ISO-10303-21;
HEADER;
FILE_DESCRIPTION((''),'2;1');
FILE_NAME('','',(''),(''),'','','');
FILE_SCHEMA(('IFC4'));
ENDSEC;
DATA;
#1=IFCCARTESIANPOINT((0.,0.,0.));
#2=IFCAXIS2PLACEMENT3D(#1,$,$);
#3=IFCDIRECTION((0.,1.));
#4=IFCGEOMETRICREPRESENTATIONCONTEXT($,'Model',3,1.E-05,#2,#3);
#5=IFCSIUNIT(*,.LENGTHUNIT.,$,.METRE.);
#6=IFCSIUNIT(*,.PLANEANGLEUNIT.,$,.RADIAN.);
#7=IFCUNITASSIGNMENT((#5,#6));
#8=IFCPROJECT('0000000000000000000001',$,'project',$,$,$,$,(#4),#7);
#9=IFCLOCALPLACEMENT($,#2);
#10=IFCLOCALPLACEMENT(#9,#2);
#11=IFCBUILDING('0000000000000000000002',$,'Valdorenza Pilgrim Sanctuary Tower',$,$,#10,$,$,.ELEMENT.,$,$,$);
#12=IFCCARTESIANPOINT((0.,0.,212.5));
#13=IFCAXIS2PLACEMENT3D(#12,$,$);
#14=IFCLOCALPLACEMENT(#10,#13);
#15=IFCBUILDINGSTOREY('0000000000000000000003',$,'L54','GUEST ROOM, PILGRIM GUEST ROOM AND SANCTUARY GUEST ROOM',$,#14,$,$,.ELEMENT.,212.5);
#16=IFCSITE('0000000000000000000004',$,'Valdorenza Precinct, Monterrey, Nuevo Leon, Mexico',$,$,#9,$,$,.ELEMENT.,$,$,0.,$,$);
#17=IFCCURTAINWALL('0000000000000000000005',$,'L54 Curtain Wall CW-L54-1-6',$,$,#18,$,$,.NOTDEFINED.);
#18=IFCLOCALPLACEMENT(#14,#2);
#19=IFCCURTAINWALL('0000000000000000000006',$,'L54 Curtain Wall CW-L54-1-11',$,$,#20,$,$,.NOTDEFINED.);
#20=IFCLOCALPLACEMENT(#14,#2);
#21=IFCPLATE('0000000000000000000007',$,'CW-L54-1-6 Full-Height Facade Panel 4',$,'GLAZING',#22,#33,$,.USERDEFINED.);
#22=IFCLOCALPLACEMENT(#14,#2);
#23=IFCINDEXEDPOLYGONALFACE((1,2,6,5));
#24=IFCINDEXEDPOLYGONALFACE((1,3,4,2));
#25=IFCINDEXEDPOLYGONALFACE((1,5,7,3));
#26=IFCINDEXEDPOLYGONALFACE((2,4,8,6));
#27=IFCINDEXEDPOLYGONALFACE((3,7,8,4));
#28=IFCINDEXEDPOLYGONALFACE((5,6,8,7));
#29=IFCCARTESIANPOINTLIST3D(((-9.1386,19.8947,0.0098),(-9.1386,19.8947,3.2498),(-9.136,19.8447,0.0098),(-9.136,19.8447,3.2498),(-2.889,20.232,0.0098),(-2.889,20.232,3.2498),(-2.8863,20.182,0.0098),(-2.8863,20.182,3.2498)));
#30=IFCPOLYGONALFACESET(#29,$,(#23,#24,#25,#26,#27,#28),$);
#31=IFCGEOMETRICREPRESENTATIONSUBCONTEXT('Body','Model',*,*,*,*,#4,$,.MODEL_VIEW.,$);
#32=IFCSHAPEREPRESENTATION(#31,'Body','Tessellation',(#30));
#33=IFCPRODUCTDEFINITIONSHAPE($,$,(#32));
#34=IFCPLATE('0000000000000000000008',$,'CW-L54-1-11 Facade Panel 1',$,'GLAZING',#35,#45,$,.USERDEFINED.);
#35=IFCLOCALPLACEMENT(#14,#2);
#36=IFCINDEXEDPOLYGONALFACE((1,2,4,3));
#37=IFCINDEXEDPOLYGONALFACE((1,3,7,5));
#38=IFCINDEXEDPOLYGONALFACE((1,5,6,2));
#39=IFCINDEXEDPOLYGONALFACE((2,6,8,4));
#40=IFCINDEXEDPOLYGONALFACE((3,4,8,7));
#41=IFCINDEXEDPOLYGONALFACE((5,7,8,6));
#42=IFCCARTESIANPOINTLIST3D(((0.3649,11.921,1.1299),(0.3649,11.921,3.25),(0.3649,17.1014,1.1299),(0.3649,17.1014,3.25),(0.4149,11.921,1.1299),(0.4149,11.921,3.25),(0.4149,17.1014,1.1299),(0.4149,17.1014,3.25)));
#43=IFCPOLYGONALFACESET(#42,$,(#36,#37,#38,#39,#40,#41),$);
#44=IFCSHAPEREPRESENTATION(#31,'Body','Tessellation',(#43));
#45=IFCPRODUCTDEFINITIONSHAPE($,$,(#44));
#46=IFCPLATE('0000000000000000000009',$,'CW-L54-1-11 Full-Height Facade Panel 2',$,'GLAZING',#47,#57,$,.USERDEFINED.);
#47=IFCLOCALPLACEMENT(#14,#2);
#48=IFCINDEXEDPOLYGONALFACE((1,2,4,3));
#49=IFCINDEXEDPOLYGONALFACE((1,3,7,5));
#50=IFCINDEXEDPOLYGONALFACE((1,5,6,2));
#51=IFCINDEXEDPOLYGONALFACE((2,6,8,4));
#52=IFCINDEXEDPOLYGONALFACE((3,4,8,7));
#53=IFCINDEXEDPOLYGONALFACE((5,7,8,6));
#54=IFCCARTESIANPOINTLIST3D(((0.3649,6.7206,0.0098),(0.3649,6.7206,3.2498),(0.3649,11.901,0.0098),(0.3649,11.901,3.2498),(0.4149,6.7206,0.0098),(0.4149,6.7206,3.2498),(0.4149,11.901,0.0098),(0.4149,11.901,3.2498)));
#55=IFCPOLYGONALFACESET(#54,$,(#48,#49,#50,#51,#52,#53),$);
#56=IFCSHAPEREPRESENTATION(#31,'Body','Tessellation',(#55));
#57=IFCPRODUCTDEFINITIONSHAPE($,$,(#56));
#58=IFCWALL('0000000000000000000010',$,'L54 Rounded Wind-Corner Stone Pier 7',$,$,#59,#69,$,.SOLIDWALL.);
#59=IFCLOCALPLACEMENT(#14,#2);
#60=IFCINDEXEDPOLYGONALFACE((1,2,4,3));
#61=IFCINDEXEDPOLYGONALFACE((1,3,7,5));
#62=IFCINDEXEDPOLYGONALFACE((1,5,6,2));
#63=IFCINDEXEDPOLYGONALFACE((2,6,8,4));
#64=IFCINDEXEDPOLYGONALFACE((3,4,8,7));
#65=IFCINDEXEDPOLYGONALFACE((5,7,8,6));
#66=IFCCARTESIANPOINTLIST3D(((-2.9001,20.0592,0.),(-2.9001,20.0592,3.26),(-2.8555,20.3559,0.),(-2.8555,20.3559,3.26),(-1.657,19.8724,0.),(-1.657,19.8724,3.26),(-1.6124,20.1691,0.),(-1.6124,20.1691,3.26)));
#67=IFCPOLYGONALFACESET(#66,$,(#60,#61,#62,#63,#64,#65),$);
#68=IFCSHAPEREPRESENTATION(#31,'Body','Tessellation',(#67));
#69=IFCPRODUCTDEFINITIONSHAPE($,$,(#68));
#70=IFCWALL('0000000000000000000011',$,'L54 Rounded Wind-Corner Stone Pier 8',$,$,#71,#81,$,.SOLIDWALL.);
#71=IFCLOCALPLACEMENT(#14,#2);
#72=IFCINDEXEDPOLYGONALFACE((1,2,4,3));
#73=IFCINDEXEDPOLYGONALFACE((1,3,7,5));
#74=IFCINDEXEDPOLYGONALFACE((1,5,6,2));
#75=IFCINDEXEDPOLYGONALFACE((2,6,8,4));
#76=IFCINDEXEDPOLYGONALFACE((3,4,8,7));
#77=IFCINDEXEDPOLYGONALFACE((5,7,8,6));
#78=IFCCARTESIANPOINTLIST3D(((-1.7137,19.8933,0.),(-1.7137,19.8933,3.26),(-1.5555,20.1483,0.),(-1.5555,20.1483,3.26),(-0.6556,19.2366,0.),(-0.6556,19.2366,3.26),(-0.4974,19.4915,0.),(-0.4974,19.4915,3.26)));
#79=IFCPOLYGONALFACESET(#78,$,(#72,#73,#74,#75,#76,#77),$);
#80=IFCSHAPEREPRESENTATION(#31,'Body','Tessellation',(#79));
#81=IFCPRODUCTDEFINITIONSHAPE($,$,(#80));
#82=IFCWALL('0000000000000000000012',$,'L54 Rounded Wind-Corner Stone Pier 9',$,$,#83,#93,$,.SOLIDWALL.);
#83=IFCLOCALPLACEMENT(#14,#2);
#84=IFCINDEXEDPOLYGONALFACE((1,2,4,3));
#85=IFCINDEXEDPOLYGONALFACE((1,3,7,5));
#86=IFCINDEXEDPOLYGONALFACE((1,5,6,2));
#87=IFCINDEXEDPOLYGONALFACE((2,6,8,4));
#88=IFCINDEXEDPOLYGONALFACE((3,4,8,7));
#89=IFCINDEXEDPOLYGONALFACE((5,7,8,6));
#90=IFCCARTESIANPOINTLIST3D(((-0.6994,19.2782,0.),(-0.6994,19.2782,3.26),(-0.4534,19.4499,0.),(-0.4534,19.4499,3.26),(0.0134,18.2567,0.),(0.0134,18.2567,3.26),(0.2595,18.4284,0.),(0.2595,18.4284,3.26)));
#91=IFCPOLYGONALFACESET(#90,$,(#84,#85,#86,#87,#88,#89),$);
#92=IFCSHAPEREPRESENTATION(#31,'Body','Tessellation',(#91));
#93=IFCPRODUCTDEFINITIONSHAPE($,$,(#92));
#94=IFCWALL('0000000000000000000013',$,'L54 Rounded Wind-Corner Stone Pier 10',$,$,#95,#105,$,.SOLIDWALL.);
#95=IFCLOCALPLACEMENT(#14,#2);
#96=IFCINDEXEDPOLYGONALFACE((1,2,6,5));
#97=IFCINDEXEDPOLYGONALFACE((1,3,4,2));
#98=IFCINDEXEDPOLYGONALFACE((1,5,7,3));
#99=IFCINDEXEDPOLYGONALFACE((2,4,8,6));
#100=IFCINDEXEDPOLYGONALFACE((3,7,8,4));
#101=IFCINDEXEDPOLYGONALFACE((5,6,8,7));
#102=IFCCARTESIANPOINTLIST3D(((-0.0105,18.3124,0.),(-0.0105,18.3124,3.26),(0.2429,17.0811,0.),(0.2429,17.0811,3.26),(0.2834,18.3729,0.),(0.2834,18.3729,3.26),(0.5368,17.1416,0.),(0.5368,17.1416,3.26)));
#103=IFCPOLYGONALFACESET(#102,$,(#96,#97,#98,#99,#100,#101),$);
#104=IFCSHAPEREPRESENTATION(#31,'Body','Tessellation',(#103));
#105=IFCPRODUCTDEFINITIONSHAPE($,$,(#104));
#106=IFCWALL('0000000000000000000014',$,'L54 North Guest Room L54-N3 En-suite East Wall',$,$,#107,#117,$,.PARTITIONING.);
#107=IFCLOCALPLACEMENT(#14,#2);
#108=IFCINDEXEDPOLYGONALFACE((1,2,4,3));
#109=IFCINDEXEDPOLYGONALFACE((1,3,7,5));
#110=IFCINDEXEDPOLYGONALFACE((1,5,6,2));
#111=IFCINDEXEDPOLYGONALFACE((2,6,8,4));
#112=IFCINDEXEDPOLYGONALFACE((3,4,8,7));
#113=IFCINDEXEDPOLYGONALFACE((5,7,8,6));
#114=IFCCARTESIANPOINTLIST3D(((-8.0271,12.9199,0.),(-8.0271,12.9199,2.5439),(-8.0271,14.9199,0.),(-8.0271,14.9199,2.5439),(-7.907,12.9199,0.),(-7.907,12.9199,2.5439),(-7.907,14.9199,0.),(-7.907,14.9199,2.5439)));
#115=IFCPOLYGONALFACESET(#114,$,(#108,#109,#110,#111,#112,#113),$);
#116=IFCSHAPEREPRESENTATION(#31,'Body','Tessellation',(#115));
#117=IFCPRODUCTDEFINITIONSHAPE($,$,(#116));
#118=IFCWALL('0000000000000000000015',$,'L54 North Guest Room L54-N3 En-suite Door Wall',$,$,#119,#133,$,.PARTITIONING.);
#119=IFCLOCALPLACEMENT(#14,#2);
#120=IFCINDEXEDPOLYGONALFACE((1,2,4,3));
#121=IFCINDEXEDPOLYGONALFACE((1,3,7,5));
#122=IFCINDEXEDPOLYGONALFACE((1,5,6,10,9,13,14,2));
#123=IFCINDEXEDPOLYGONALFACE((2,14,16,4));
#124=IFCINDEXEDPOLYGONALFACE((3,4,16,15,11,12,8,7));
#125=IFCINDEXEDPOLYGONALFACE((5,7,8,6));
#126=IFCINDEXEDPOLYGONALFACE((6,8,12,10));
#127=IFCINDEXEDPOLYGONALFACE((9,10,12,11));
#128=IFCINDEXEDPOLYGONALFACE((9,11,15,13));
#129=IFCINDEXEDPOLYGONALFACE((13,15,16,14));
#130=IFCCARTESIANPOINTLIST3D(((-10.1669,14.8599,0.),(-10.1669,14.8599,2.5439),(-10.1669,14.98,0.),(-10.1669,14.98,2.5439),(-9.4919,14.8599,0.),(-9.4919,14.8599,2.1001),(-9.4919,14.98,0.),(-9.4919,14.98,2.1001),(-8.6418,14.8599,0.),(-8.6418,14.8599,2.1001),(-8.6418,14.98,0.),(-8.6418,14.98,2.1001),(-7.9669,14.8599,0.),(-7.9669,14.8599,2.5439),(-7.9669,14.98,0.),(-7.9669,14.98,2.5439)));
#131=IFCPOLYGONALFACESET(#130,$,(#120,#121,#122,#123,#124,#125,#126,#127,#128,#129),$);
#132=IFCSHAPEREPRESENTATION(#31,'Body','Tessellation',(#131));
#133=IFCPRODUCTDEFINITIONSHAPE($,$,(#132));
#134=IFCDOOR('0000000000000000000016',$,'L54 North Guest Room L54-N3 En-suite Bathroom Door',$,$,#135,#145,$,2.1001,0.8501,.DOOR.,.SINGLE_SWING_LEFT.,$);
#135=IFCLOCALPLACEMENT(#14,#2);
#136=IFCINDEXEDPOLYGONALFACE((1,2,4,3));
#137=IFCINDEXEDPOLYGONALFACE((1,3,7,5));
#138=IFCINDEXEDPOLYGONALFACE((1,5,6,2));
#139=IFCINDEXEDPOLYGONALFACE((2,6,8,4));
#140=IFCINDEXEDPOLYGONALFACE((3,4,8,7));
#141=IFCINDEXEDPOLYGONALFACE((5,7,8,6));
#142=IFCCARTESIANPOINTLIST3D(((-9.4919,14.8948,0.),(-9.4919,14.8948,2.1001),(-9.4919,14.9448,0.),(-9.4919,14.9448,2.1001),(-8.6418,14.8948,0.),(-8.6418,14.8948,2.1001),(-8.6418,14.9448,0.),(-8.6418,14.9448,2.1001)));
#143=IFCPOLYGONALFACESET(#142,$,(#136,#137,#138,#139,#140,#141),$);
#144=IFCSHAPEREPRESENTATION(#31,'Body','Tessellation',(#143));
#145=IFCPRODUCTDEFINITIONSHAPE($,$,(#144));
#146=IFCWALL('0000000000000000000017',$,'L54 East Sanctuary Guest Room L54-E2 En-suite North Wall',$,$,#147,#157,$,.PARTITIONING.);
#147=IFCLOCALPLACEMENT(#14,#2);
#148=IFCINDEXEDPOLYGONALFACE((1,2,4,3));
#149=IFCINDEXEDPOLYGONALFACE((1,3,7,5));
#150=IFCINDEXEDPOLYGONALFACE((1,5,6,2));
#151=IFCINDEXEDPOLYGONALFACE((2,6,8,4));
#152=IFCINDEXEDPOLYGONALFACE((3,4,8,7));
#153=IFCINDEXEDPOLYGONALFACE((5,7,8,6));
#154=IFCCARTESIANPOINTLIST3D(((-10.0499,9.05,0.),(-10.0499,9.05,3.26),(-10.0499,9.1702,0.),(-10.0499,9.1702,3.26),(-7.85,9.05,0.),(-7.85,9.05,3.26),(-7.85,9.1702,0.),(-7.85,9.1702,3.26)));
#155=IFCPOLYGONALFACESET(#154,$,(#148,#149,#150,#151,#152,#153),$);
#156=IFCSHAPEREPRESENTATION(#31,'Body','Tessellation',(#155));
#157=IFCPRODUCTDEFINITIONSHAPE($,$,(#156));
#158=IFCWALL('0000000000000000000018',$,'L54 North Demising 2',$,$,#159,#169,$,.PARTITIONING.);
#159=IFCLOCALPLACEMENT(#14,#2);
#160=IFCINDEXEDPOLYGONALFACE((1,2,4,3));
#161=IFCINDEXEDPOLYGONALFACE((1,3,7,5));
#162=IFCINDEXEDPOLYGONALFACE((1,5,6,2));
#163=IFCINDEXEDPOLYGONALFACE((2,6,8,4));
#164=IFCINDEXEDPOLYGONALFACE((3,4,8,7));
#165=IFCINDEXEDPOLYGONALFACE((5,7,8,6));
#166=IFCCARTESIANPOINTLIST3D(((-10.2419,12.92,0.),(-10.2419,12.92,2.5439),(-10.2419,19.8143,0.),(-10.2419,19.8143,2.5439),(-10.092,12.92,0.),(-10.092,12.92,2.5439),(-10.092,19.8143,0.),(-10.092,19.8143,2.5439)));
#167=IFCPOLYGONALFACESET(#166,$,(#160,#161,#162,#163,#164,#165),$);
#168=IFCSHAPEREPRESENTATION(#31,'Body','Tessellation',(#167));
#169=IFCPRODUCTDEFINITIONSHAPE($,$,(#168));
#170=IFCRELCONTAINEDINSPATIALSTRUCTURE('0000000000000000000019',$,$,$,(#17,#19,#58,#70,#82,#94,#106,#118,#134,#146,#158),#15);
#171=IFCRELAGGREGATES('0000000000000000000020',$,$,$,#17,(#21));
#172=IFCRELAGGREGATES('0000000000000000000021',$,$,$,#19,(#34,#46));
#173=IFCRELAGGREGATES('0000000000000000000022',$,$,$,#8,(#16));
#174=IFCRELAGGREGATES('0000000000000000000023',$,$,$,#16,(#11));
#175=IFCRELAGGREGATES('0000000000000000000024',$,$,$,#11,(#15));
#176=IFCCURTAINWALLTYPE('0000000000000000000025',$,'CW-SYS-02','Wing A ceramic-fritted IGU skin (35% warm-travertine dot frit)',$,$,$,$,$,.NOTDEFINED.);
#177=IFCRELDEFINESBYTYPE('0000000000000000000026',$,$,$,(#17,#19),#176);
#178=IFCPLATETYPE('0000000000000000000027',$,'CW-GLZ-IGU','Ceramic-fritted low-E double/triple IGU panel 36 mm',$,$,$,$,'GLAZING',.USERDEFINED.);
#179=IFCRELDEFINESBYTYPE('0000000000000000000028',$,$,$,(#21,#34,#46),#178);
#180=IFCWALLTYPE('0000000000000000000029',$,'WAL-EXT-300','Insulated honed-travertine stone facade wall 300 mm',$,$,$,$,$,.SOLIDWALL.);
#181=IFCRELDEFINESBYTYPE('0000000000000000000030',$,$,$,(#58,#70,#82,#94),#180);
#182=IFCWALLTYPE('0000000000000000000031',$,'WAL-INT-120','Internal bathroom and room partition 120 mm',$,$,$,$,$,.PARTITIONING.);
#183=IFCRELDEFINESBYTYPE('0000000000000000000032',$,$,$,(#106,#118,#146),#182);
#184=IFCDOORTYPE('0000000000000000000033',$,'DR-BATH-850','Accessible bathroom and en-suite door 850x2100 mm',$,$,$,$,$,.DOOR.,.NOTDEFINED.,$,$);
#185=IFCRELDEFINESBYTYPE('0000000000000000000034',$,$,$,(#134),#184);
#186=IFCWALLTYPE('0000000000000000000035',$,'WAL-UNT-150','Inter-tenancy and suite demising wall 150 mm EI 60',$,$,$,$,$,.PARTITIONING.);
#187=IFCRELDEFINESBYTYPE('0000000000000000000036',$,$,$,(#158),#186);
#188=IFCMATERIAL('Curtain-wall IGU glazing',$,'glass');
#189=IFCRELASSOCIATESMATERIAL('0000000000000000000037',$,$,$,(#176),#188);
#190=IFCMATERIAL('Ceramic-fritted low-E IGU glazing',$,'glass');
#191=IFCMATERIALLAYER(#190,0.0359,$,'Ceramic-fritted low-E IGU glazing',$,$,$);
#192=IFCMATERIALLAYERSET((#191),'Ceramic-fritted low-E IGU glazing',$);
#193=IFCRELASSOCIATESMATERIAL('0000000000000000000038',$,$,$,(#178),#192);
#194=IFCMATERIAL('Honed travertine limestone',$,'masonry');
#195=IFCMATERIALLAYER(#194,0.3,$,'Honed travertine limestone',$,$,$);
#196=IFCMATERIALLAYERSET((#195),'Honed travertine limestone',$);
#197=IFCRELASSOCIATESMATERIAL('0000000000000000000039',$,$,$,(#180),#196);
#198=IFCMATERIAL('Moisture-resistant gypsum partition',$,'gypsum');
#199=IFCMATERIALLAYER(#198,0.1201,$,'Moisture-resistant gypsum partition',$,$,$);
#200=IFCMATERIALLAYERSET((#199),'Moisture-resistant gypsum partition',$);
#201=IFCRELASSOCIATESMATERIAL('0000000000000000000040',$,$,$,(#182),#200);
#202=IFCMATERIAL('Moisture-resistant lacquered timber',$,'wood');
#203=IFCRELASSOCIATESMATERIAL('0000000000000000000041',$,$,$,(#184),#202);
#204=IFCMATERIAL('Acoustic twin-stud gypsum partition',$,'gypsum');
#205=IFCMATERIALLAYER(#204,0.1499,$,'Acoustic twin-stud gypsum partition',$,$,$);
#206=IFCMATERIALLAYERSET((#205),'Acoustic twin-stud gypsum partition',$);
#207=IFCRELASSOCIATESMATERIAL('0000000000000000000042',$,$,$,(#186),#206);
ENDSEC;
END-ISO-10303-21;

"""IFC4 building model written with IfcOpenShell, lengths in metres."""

from ifc_helpers import new_model, si_unit, direction, frame, frame_2d, origin, origin_2d, place, context, subcontext, project, spatial, rectangle, extrude, source, transform, mapped, material, layer, layer_set, type_object, element, fill, aggregate, save


model = new_model("IFC4")

# Units and contexts
model_context = context("Model", 3, precision=1e-05, world=origin(), true_north=direction((0.0, 1.0)))
body_context = subcontext(model_context, "Body", "Model", "MODEL_VIEW")
ifc_project = project(units=[si_unit("LENGTHUNIT", "METRE"), si_unit("PLANEANGLEUNIT", "RADIAN")], contexts=[model_context])

# Site, building, storey
site_placement = place(None, origin())
site = spatial("IfcSite", under=ifc_project, at=site_placement, Name="Valdorenza Precinct, Monterrey, Nuevo Leon, Mexico", CompositionType="ELEMENT", RefElevation=0.0)
building_placement = place(site_placement, origin())
building = spatial("IfcBuilding", under=site, at=building_placement, Name="Valdorenza Pilgrim Sanctuary Tower", CompositionType="ELEMENT")
storey_placement = place(building_placement, frame((0.0, 0.0, 212.5)))
storey = spatial("IfcBuildingStorey", under=building, at=storey_placement, Name="L54", Description="GUEST ROOM, PILGRIM GUEST ROOM AND SANCTUARY GUEST ROOM", CompositionType="ELEMENT", Elevation=212.5)

# Curtain wall
ifc_material_1 = material(Name="Curtain-wall IGU glazing", Category="glass")
curtain_wall_type = type_object("IfcCurtainWallType", Name="CW-SYS-02", Description="Wing A ceramic-fritted IGU skin (35% warm-travertine dot frit)", PredefinedType="NOTDEFINED", material=ifc_material_1)
curtain_wall_1_placement = place(storey_placement, origin())
curtain_wall_1 = element("IfcCurtainWall", 1, at=curtain_wall_1_placement, inside=storey, type_object=curtain_wall_type, Name="L54 Curtain Wall CW-L54-1-6", PredefinedType="NOTDEFINED")

# Curtain wall
curtain_wall_2_placement = place(storey_placement, origin())
curtain_wall_2 = element("IfcCurtainWall", 2, at=curtain_wall_2_placement, inside=storey, type_object=curtain_wall_type, Name="L54 Curtain Wall CW-L54-1-11", PredefinedType="NOTDEFINED")
ifc_material_2 = material(Name="Honed travertine limestone", Category="masonry")

# Plates
ifc_material_3 = material(Name="Ceramic-fritted low-E IGU glazing", Category="glass")
ifc_layer_1 = layer(ifc_material_3, 0.0359, Name="Ceramic-fritted low-E IGU glazing")
ifc_layer_set_1 = layer_set([ifc_layer_1], Name="Ceramic-fritted low-E IGU glazing")
plate_type_1 = type_object("IfcPlateType", Name="CW-GLZ-IGU", Description="Ceramic-fritted low-E double/triple IGU panel 36 mm", ElementType="GLAZING", PredefinedType="USERDEFINED", material=ifc_layer_set_1)
shared_shape_1 = source(origin(), body_context, "Body", "SweptSolid", [
    extrude(rectangle(XDim=6.2588, YDim=0.05, at=origin_2d()), origin(), (0.0, 0.0, 1.0), 3.24),
])
plate_1_placement = place(storey_placement, frame((-6.0125, 20.0383, 0.0098), z_axis=(0.0, 0.0, 1.0), x_axis=(0.998547, 0.053887, 0.0)))
plate_1 = element("IfcPlate", 3, at=plate_1_placement, type_object=plate_type_1, Name="CW-L54-1-6 Full-Height Facade Panel 4", ObjectType="GLAZING", PredefinedType="USERDEFINED", context=body_context, shape_type="MappedRepresentation", body=[
    mapped(shared_shape_1, transform((0.0, 0.0, 0.0), x_axis=(1.0, 0.0, 0.0), y_axis=(0.0, 1.0, 0.0), z_axis=(0.0, 0.0, 1.0), scale=1.0)),
])
aggregate(curtain_wall_1, [plate_1])
shared_shape_2 = source(origin(), body_context, "Body", "SweptSolid", [
    extrude(rectangle(XDim=5.1804, YDim=0.05, at=origin_2d()), origin(), (0.0, 0.0, 1.0), 2.1201),
])
plate_2_placement = place(storey_placement, frame((0.3899, 14.5112, 1.1299), z_axis=(0.0, 0.0, 1.0), x_axis=(0.0, -1.0, 0.0)))
plate_2 = element("IfcPlate", 4, at=plate_2_placement, type_object=plate_type_1, Name="CW-L54-1-11 Facade Panel 1", ObjectType="GLAZING", PredefinedType="USERDEFINED", context=body_context, shape_type="MappedRepresentation", body=[
    mapped(shared_shape_2, transform((0.0, 0.0, 0.0), x_axis=(1.0, 0.0, 0.0), y_axis=(0.0, 1.0, 0.0), z_axis=(0.0, 0.0, 1.0), scale=1.0)),
])
shared_shape_3 = source(origin(), body_context, "Body", "SweptSolid", [
    extrude(rectangle(XDim=5.1804, YDim=0.05, at=origin_2d()), origin(), (0.0, 0.0, 1.0), 3.24),
])
plate_3_placement = place(storey_placement, frame((0.3899, 9.3108, 0.0098), z_axis=(0.0, 0.0, 1.0), x_axis=(0.0, -1.0, 0.0)))
plate_3 = element("IfcPlate", 5, at=plate_3_placement, type_object=plate_type_1, Name="CW-L54-1-11 Full-Height Facade Panel 2", ObjectType="GLAZING", PredefinedType="USERDEFINED", context=body_context, shape_type="MappedRepresentation", body=[
    mapped(shared_shape_3, transform((0.0, 0.0, 0.0), x_axis=(1.0, 0.0, 0.0), y_axis=(0.0, 1.0, 0.0), z_axis=(0.0, 0.0, 1.0), scale=1.0)),
])
aggregate(curtain_wall_2, [plate_2, plate_3])

# Walls
ifc_layer_2 = layer(ifc_material_2, 0.3, Name="Honed travertine limestone")
ifc_layer_set_2 = layer_set([ifc_layer_2], Name="Honed travertine limestone")
wall_type_1 = type_object("IfcWallType", Name="WAL-EXT-300", Description="Insulated honed-travertine stone facade wall 300 mm", PredefinedType="SOLIDWALL", material=ifc_layer_set_2)
wall_1_placement = place(storey_placement, frame((-2.8777, 20.2075, 0.0), z_axis=(0.0, 0.0, 1.0), x_axis=(0.988902, -0.148568, 0.0)))
element("IfcWall", 6, at=wall_1_placement, inside=storey, type_object=wall_type_1, Name="L54 Rounded Wind-Corner Stone Pier 7", PredefinedType="SOLIDWALL", context=body_context, shape_type="SweptSolid", body=[
    extrude(rectangle(XDim=1.2571, YDim=0.3, at=frame_2d((0.6284, 0.0))), origin(), (0.0, 0.0, 1.0), 3.26),
])
wall_2_placement = place(storey_placement, frame((-1.6345, 20.0208, 0.0), z_axis=(0.0, 0.0, 1.0), x_axis=(0.849646, -0.527353, 0.0)))
element("IfcWall", 7, at=wall_2_placement, inside=storey, type_object=wall_type_1, Name="L54 Rounded Wind-Corner Stone Pier 8", PredefinedType="SOLIDWALL", context=body_context, shape_type="SweptSolid", body=[
    extrude(rectangle(XDim=1.2454, YDim=0.3, at=frame_2d((0.6226, 0.0))), origin(), (0.0, 0.0, 1.0), 3.26),
])
wall_3_placement = place(storey_placement, frame((-0.5764, 19.364, 0.0), z_axis=(0.0, 0.0, 1.0), x_axis=(0.572304, -0.820041, 0.0)))
element("IfcWall", 8, at=wall_3_placement, inside=storey, type_object=wall_type_1, Name="L54 Rounded Wind-Corner Stone Pier 9", PredefinedType="SOLIDWALL", context=body_context, shape_type="SweptSolid", body=[
    extrude(rectangle(XDim=1.2456, YDim=0.3, at=frame_2d((0.6228, 0.0))), origin(), (0.0, 0.0, 1.0), 3.26),
])
wall_4_placement = place(storey_placement, frame((0.1365, 18.3425, 0.0), z_axis=(0.0, 0.0, 1.0), x_axis=(0.201604, -0.979467, 0.0)))
element("IfcWall", 9, at=wall_4_placement, inside=storey, type_object=wall_type_1, Name="L54 Rounded Wind-Corner Stone Pier 10", PredefinedType="SOLIDWALL", context=body_context, shape_type="SweptSolid", body=[
    extrude(rectangle(XDim=1.2571, YDim=0.3, at=frame_2d((0.6284, 0.0))), origin(), (0.0, 0.0, 1.0), 3.26),
])
ifc_material_4 = material(Name="Moisture-resistant gypsum partition", Category="gypsum")
ifc_layer_3 = layer(ifc_material_4, 0.1201, Name="Moisture-resistant gypsum partition")
ifc_layer_set_3 = layer_set([ifc_layer_3], Name="Moisture-resistant gypsum partition")
wall_type_2 = type_object("IfcWallType", Name="WAL-INT-120", Description="Internal bathroom and room partition 120 mm", PredefinedType="PARTITIONING", material=ifc_layer_set_3)
wall_5_placement = place(storey_placement, frame((-7.967, 12.9199, 0.0), z_axis=(0.0, 0.0, 1.0), x_axis=(0.0, 1.0, 0.0)))
element("IfcWall", 10, at=wall_5_placement, inside=storey, type_object=wall_type_2, Name="L54 North Guest Room L54-N3 En-suite East Wall", PredefinedType="PARTITIONING", context=body_context, shape_type="SweptSolid", body=[
    extrude(rectangle(XDim=2.0, YDim=0.1201, at=frame_2d((1.0, 0.0))), origin(), (0.0, 0.0, 1.0), 2.5439),
])

# Wall, opening, door
wall_6_placement = place(storey_placement, frame((-10.167, 14.9199, 0.0), z_axis=(0.0, 0.0, 1.0), x_axis=(1.0, 0.0, 0.0)))
wall_6 = element("IfcWall", 11, at=wall_6_placement, inside=storey, type_object=wall_type_2, Name="L54 North Guest Room L54-N3 En-suite Door Wall", PredefinedType="PARTITIONING", context=body_context, shape_type="SweptSolid", body=[
    extrude(rectangle(XDim=2.2, YDim=0.1201, at=frame_2d((1.1001, 0.0))), origin(), (0.0, 0.0, 1.0), 2.5439),
])
opening_placement = place(wall_6_placement, frame((0.675, 0.0, 0.0)))
opening = element("IfcOpeningElement", 12, at=opening_placement, cuts=wall_6, PredefinedType="OPENING", context=body_context, shape_type="SweptSolid", body=[
    extrude(rectangle(XDim=0.8501, YDim=2.1001, at=frame_2d((0.425, 1.05))), frame((0.0, 0.075, 0.0), z_axis=(0.0, -1.0, 0.0), x_axis=(1.0, 0.0, 0.0)), (0.0, 0.0, 1.0), 0.1499),
])
ifc_material_5 = material(Name="Moisture-resistant lacquered timber", Category="wood")
door_type = type_object("IfcDoorType", Name="DR-BATH-850", Description="Accessible bathroom and en-suite door 850x2100 mm", OperationType="NOTDEFINED", PredefinedType="DOOR", material=ifc_material_5)
door_placement = place(opening_placement, origin())
door = element("IfcDoor", 13, at=door_placement, inside=storey, type_object=door_type, Name="L54 North Guest Room L54-N3 En-suite Bathroom Door", OperationType="SINGLE_SWING_LEFT", OverallHeight=2.1001, OverallWidth=0.8501, PredefinedType="DOOR", context=body_context, shape_type="SweptSolid", body=[
    extrude(rectangle(XDim=0.8501, YDim=2.1001, at=frame_2d((0.425, 1.05))), frame((0.0, 0.0249, 0.0), z_axis=(0.0, -1.0, 0.0), x_axis=(1.0, 0.0, 0.0)), (0.0, 0.0, 1.0), 0.05),
])
fill(opening, door)

# Walls
wall_7_placement = place(storey_placement, frame((-10.05, 9.1101, 0.0), z_axis=(0.0, 0.0, 1.0), x_axis=(1.0, 0.0, 0.0)))
element("IfcWall", 14, at=wall_7_placement, inside=storey, type_object=wall_type_2, Name="L54 East Sanctuary Guest Room L54-E2 En-suite North Wall", PredefinedType="PARTITIONING", context=body_context, shape_type="SweptSolid", body=[
    extrude(rectangle(XDim=2.2, YDim=0.1201, at=frame_2d((1.1001, 0.0))), origin(), (0.0, 0.0, 1.0), 3.26),
])
ifc_material_6 = material(Name="Acoustic twin-stud gypsum partition", Category="gypsum")
ifc_layer_4 = layer(ifc_material_6, 0.1499, Name="Acoustic twin-stud gypsum partition")
ifc_layer_set_4 = layer_set([ifc_layer_4], Name="Acoustic twin-stud gypsum partition")
wall_type_3 = type_object("IfcWallType", Name="WAL-UNT-150", Description="Inter-tenancy and suite demising wall 150 mm EI 60", PredefinedType="PARTITIONING", material=ifc_layer_set_4)
wall_8_placement = place(storey_placement, frame((-10.167, 12.9199, 0.0), z_axis=(0.0, 0.0, 1.0), x_axis=(0.0, 1.0, 0.0)))
element("IfcWall", 15, at=wall_8_placement, inside=storey, type_object=wall_type_3, Name="L54 North Demising 2", PredefinedType="PARTITIONING", context=body_context, shape_type="SweptSolid", body=[
    extrude(rectangle(XDim=6.8943, YDim=0.1499, at=frame_2d((3.4473, 0.0))), origin(), (0.0, 0.0, 1.0), 2.5439),
])

save(model, "model.ifc")
